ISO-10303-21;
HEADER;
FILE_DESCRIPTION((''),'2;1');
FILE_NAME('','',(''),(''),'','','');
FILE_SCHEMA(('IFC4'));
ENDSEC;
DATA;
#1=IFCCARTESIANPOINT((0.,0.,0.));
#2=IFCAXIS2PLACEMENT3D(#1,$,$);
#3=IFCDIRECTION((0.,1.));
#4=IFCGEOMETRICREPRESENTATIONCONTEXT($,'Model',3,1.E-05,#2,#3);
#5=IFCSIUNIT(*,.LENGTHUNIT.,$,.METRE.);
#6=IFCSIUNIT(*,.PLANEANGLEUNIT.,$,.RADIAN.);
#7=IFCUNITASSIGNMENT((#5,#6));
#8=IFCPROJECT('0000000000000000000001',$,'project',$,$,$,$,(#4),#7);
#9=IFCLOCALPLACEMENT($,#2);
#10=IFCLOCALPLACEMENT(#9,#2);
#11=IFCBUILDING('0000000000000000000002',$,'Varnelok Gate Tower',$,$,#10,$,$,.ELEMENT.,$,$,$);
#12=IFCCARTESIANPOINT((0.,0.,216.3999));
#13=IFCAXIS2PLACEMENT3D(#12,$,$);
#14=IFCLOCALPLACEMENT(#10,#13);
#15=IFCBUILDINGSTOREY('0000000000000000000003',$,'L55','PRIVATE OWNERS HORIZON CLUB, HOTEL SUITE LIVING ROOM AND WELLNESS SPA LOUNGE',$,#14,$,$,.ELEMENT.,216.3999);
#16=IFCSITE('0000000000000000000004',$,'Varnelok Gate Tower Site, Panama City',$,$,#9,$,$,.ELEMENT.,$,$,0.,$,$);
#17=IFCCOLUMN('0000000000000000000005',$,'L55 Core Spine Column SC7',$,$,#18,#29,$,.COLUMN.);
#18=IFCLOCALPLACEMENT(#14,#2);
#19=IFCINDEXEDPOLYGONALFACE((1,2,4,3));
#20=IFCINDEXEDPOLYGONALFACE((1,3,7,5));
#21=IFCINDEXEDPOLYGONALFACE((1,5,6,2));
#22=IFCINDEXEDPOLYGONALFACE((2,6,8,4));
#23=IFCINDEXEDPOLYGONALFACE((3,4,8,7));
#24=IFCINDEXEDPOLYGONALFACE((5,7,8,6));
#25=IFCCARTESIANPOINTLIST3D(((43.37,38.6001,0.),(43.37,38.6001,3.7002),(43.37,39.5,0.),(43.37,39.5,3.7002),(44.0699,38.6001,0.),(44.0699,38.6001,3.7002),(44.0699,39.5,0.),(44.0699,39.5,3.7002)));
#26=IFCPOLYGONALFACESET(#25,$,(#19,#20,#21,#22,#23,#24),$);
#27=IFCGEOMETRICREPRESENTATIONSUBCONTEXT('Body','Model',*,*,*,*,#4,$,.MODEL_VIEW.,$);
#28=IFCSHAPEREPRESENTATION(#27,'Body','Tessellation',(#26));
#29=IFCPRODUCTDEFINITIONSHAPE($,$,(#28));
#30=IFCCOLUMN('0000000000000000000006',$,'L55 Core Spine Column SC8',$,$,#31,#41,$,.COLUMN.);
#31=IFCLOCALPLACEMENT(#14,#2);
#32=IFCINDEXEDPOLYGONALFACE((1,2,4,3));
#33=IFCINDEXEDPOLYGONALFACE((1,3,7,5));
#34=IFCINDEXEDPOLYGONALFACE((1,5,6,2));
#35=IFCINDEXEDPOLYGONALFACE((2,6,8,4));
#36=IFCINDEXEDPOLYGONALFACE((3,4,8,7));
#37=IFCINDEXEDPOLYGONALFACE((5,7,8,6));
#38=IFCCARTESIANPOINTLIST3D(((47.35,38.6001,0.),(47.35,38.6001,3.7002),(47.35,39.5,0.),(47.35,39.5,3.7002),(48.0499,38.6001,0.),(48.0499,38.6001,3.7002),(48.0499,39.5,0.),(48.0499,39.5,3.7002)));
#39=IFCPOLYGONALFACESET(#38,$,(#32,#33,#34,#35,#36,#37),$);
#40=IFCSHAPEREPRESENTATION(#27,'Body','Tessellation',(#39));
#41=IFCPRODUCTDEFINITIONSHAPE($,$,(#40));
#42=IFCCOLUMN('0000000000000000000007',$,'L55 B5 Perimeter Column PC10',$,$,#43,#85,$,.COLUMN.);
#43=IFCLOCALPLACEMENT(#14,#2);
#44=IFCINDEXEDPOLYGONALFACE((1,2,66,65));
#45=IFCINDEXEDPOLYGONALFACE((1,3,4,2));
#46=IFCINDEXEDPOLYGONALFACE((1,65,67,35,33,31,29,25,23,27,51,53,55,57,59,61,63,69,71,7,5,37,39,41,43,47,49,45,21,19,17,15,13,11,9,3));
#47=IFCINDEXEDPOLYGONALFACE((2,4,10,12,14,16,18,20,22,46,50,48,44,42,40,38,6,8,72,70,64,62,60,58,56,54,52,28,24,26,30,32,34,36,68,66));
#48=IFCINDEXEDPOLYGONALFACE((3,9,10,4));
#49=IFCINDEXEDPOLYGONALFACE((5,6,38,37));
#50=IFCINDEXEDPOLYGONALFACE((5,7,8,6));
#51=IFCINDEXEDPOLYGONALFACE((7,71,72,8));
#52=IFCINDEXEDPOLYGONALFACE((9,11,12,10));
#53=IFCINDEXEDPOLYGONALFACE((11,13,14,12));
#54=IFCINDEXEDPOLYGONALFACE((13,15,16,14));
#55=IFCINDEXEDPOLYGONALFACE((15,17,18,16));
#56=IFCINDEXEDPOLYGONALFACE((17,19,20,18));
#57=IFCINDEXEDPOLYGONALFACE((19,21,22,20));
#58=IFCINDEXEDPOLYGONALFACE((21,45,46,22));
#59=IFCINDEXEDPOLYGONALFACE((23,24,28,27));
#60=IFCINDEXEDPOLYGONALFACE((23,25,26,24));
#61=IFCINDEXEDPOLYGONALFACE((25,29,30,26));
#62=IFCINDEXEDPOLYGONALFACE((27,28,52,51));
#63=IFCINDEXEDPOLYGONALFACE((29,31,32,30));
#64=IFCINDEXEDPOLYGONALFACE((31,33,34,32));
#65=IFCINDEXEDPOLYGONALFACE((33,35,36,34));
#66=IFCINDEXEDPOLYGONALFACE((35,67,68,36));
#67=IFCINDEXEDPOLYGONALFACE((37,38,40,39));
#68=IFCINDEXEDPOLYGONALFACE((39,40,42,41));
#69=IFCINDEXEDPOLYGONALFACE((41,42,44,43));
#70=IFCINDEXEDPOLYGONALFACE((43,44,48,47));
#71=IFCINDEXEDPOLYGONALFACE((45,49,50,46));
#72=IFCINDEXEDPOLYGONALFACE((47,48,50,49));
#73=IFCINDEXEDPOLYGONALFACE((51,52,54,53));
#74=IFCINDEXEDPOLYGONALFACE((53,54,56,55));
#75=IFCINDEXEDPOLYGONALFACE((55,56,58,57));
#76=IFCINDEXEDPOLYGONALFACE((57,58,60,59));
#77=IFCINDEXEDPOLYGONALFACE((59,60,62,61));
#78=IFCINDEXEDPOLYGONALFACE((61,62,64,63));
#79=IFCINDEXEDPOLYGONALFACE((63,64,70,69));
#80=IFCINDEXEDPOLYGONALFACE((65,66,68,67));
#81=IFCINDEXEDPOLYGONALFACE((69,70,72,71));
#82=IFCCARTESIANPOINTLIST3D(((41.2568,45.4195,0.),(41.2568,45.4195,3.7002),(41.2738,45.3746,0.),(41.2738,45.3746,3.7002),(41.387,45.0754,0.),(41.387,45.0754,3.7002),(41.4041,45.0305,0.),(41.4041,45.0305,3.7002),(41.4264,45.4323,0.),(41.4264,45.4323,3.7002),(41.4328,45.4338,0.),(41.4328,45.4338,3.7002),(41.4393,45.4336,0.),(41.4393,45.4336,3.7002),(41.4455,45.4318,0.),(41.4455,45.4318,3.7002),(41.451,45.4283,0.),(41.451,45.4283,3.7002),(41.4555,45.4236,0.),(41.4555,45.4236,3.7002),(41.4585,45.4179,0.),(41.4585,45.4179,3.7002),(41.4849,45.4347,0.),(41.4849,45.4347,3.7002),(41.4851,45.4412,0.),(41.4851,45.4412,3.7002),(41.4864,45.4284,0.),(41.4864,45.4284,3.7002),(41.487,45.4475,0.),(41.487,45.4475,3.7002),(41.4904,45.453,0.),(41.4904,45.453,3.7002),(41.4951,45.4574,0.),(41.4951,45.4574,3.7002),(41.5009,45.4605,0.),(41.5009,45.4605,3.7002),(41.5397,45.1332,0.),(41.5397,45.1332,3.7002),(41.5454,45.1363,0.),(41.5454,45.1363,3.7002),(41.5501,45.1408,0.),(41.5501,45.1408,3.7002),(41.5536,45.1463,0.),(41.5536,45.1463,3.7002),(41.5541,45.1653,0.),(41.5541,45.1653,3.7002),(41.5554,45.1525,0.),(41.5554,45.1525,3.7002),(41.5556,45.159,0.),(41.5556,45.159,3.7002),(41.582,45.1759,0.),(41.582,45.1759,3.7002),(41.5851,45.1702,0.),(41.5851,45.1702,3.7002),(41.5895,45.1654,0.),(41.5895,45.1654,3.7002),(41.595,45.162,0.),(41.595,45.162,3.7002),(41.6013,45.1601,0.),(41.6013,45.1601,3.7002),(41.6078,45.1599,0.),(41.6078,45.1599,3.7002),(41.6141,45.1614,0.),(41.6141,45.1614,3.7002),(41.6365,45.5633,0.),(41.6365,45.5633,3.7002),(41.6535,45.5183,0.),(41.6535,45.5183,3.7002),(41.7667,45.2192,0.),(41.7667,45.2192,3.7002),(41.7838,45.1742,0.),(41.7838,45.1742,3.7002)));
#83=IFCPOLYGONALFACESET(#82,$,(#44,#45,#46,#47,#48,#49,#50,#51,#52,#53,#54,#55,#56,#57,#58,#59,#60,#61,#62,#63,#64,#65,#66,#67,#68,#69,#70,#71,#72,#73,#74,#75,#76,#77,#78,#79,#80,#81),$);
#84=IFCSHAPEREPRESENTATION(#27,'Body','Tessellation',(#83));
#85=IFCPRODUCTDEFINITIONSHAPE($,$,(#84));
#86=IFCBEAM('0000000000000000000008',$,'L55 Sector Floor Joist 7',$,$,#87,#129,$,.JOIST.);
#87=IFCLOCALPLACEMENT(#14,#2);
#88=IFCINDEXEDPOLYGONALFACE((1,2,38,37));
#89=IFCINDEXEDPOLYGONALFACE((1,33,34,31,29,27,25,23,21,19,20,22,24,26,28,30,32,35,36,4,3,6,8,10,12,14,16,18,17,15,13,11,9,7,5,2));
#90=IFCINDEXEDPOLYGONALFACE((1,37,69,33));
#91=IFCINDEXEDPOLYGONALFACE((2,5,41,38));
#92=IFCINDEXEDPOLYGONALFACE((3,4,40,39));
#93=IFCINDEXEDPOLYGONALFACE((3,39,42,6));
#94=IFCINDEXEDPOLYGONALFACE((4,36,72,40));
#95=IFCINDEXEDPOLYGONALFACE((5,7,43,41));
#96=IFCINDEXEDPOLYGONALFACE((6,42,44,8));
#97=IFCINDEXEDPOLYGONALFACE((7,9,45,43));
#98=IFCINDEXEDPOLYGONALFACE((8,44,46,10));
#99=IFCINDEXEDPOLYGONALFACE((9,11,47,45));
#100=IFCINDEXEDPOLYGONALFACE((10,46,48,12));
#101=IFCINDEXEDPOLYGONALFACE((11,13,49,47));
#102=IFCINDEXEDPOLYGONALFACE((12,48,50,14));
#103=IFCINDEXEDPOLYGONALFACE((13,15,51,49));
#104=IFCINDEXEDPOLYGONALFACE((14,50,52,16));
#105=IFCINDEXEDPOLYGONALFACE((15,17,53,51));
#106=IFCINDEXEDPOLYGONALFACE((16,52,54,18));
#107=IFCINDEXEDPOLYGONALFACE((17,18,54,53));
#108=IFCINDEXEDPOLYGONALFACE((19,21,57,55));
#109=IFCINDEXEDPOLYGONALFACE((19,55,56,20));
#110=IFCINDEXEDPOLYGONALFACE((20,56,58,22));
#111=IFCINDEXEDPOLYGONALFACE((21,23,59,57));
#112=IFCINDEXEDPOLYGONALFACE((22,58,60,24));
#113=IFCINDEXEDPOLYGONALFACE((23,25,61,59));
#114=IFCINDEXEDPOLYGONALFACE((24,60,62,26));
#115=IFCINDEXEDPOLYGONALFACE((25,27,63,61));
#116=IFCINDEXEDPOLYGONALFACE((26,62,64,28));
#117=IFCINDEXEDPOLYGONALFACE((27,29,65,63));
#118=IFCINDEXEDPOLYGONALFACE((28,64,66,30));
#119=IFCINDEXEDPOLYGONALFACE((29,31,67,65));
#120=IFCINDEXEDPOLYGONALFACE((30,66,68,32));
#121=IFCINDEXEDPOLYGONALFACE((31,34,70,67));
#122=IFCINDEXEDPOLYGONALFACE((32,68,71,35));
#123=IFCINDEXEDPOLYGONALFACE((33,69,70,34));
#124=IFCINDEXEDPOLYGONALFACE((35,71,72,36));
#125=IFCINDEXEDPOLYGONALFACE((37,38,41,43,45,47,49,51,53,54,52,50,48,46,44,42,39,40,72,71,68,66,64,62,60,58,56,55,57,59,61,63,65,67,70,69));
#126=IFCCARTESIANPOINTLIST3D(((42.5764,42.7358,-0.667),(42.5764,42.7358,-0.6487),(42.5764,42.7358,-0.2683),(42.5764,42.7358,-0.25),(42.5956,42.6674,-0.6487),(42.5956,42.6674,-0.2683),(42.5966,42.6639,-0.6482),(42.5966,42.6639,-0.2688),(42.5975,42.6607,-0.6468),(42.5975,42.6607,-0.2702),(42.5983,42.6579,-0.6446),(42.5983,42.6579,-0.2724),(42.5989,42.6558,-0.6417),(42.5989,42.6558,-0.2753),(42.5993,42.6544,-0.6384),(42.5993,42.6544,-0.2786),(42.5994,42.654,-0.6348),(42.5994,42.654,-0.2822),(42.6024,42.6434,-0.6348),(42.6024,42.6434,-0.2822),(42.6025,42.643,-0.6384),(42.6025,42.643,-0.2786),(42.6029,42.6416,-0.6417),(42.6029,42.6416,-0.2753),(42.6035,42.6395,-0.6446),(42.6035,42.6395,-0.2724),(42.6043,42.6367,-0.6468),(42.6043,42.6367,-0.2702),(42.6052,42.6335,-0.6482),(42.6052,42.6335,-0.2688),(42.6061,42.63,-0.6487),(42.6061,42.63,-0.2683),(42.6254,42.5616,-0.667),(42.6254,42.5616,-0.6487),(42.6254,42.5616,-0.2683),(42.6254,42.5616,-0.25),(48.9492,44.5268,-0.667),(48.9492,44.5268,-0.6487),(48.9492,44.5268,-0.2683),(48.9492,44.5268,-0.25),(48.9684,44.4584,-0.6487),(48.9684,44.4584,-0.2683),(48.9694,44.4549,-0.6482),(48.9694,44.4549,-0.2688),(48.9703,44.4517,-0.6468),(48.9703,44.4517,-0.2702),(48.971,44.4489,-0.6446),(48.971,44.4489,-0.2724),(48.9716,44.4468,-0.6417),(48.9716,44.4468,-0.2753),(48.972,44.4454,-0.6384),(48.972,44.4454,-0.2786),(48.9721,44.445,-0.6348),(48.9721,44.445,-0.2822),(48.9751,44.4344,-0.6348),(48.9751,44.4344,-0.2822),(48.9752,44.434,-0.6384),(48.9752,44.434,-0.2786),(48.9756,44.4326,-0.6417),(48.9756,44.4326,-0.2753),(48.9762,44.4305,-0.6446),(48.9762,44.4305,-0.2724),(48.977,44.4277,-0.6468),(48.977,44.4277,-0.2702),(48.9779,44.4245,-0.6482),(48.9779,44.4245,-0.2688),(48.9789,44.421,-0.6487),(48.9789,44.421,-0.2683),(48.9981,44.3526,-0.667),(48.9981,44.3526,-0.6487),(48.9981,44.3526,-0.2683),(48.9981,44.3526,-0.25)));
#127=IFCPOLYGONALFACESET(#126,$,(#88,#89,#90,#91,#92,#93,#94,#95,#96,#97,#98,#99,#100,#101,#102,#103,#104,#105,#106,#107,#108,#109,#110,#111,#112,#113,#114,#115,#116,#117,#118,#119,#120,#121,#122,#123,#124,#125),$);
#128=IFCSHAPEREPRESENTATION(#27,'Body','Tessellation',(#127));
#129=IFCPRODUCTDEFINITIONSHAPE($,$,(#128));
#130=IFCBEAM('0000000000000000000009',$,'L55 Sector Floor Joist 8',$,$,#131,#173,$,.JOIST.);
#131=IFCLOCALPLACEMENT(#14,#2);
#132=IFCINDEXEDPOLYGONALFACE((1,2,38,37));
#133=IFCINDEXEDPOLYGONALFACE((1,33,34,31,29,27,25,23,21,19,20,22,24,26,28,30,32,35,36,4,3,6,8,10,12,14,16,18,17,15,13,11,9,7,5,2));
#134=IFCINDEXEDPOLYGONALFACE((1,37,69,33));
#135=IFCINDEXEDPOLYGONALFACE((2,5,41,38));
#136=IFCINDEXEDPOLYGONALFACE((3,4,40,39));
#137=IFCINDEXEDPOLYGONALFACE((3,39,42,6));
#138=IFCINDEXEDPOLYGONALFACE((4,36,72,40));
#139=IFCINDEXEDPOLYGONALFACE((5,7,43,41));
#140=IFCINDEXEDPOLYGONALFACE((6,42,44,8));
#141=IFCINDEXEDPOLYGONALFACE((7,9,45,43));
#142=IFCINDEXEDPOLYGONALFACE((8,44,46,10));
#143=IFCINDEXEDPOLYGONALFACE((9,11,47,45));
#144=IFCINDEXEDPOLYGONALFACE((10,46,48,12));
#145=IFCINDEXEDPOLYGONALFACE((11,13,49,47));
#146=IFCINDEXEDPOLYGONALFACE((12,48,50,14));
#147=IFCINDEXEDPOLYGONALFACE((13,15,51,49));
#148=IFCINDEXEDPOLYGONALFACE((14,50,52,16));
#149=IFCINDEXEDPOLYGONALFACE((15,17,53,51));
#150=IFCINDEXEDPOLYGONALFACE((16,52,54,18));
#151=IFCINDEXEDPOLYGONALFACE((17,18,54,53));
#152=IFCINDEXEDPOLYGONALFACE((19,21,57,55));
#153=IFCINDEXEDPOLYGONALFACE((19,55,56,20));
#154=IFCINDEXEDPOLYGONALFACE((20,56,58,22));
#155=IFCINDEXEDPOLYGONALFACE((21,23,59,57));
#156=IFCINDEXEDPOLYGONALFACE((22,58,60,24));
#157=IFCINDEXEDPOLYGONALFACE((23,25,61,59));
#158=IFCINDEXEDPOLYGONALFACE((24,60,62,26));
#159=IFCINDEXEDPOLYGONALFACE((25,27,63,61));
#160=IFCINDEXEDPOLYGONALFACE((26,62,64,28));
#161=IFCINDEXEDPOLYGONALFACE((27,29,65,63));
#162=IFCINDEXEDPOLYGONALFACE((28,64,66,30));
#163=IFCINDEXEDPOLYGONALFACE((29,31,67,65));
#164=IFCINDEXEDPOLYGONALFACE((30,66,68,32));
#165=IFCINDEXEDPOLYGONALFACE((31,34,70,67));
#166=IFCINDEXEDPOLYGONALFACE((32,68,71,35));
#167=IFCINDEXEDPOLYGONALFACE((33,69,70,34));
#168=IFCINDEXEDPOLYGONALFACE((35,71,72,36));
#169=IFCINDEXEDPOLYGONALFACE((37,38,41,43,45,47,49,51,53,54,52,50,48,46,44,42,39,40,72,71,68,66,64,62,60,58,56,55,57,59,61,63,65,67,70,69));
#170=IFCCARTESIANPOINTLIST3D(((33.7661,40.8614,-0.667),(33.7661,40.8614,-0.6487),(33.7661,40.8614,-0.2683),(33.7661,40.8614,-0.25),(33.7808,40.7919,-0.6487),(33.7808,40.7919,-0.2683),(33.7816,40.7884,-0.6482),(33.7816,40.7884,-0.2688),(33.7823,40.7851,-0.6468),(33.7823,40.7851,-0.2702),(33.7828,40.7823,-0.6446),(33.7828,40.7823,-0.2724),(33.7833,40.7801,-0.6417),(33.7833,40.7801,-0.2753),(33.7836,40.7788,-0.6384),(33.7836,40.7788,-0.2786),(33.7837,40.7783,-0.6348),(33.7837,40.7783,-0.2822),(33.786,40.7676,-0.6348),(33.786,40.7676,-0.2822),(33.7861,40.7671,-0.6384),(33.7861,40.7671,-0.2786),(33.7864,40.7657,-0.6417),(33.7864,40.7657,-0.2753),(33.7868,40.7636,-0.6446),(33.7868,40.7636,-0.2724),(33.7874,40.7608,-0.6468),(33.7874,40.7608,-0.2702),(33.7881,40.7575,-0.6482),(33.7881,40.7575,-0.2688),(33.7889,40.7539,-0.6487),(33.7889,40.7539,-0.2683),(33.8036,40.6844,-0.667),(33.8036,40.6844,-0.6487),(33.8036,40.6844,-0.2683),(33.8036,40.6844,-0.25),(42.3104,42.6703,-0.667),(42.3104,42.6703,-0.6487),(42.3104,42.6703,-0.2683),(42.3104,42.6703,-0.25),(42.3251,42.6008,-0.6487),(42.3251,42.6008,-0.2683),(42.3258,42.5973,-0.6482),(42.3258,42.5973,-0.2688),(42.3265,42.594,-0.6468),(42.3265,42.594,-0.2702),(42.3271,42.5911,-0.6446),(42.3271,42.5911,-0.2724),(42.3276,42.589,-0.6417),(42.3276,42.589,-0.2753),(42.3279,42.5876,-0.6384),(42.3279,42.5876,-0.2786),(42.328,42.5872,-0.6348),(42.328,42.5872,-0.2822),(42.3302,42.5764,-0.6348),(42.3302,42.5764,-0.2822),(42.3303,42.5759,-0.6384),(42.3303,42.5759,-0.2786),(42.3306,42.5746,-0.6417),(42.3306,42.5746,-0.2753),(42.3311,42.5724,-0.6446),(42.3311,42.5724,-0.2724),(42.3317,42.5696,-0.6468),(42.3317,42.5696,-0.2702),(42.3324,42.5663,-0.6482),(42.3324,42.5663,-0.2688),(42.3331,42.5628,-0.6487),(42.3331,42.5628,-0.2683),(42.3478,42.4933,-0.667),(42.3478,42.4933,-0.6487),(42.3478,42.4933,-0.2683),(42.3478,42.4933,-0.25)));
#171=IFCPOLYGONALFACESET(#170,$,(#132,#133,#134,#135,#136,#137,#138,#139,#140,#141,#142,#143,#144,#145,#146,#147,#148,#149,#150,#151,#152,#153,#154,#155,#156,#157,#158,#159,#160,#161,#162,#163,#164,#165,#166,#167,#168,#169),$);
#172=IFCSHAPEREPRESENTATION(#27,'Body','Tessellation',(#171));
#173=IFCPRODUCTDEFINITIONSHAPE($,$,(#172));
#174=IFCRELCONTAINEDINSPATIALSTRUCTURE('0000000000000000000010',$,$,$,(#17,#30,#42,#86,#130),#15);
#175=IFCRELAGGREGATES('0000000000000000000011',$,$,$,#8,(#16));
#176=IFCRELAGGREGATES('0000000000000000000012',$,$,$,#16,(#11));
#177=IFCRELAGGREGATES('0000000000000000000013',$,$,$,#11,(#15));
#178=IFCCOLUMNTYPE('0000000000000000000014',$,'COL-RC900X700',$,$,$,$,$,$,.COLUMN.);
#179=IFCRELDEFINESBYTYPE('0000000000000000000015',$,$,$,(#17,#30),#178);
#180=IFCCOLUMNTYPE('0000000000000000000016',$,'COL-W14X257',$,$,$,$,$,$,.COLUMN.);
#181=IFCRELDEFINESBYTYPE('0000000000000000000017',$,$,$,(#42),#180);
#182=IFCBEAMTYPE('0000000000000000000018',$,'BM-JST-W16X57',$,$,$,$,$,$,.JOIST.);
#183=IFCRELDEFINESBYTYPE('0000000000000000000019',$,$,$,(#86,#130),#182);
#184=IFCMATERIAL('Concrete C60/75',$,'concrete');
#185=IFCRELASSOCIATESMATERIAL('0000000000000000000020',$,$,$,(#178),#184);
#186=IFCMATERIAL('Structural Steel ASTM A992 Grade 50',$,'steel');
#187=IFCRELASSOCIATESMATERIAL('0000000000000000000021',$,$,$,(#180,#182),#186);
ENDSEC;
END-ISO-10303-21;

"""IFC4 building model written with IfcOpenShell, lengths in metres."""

from ifc_helpers import new_model, si_unit, direction, frame, origin, origin_2d, place, context, subcontext, project, spatial, rectangle, i_section, extrude, material, material_profile, profile_set, type_object, element, save


model = new_model("IFC4")

# Units and contexts
model_context = context("Model", 3, precision=1e-05, world=origin(), true_north=direction((0.0, 1.0)))
body_context = subcontext(model_context, "Body", "Model", "MODEL_VIEW")
ifc_project = project(units=[si_unit("LENGTHUNIT", "METRE"), si_unit("PLANEANGLEUNIT", "RADIAN")], contexts=[model_context])

# Site, building, storey
site_placement = place(None, origin())
site = spatial("IfcSite", under=ifc_project, at=site_placement, Name="Varnelok Gate Tower Site, Panama City", CompositionType="ELEMENT", RefElevation=0.0)
building_placement = place(site_placement, origin())
building = spatial("IfcBuilding", under=site, at=building_placement, Name="Varnelok Gate Tower", CompositionType="ELEMENT")
storey_placement = place(building_placement, frame((0.0, 0.0, 216.3999)))
storey = spatial("IfcBuildingStorey", under=building, at=storey_placement, Name="L55", Description="PRIVATE OWNERS HORIZON CLUB, HOTEL SUITE LIVING ROOM AND WELLNESS SPA LOUNGE", CompositionType="ELEMENT", Elevation=216.3999)

# Columns
ifc_material_1 = material(Name="Concrete C60/75", Category="concrete")
ifc_material_profile_1 = material_profile(ifc_material_1, rectangle(XDim=0.7, YDim=0.8999, at=origin_2d()), Name="RC900X700")
ifc_profile_set_1 = profile_set([ifc_material_profile_1], Name="Concrete C60/75")
column_type_1 = type_object("IfcColumnType", Name="COL-RC900X700", PredefinedType="COLUMN", material=ifc_profile_set_1)
for number, where, z_axis, x_axis, name in (
    (1, (43.72, 39.05, 0.0), (0.0, 0.0, 1.0), (1.0, 0.0, 0.0), "L55 Core Spine Column SC7"),
    (2, (47.7, 39.05, 0.0), (0.0, 0.0, 1.0), (1.0, 0.0, 0.0), "L55 Core Spine Column SC8"),
):
    element("IfcColumn", number, at=place(storey_placement, frame(where, z_axis=z_axis, x_axis=x_axis)), inside=storey, type_object=column_type_1, Name=name, PredefinedType="COLUMN", context=body_context, shape_type="SweptSolid", body=[
        extrude(rectangle(XDim=0.7, YDim=0.8999, at=origin_2d()), origin(), (0.0, 0.0, 1.0), 3.7002),
    ])
ifc_material_2 = material(Name="Structural Steel ASTM A992 Grade 50", Category="steel")
ifc_material_profile_2 = material_profile(ifc_material_2, i_section(OverallWidth=0.406, OverallDepth=0.416, WebThickness=0.0298, FlangeThickness=0.0481, FilletRadius=0.0249, at=origin_2d()), Name="W14X257")
ifc_profile_set_2 = profile_set([ifc_material_profile_2], Name="Structural Steel ASTM A992 Grade 50")
column_type_2 = type_object("IfcColumnType", Name="COL-W14X257", PredefinedType="COLUMN", material=ifc_profile_set_2)
column_placement = place(storey_placement, frame((41.5203, 45.2969, 0.0), z_axis=(0.0, 0.0, 1.0), x_axis=(0.935222, 0.354063, 0.0)))
element("IfcColumn", 3, at=column_placement, inside=storey, type_object=column_type_2, Name="L55 B5 Perimeter Column PC10", PredefinedType="COLUMN", context=body_context, shape_type="SweptSolid", body=[
    extrude(i_section(OverallWidth=0.406, OverallDepth=0.416, WebThickness=0.0298, FlangeThickness=0.0481, FilletRadius=0.0249, at=origin_2d()), origin(), (0.0, 0.0, 1.0), 3.7002),
])

# Beams
ifc_material_profile_3 = material_profile(ifc_material_2, i_section(OverallWidth=0.1809, OverallDepth=0.417, WebThickness=0.011, FlangeThickness=0.0183, FilletRadius=0.0139, at=origin_2d()), Name="W16X57")
ifc_profile_set_3 = profile_set([ifc_material_profile_3], Name="Structural Steel ASTM A992 Grade 50")
beam_type_1 = type_object("IfcBeamType", Name="BM-JST-W16X57", PredefinedType="JOIST", material=ifc_profile_set_3)
beam_1_placement = place(storey_placement, frame((48.9736, 44.4397, -0.4585), z_axis=(-0.962703, -0.270559, 0.0), x_axis=(0.270559, -0.962703, 0.0)))
element("IfcBeam", 4, at=beam_1_placement, inside=storey, type_object=beam_type_1, Name="L55 Sector Floor Joist 7", PredefinedType="JOIST", context=body_context, shape_type="SweptSolid", body=[
    extrude(i_section(OverallWidth=0.1809, OverallDepth=0.417, WebThickness=0.011, FlangeThickness=0.0183, FilletRadius=0.0139, at=origin_2d()), origin(), (0.0, 0.0, 1.0), 6.6196),
])
beam_2_placement = place(storey_placement, frame((42.3291, 42.5818, -0.4585), z_axis=(-0.978317, -0.207113, 0.0), x_axis=(0.207113, -0.978317, 0.0)))
element("IfcBeam", 5, at=beam_2_placement, inside=storey, type_object=beam_type_1, Name="L55 Sector Floor Joist 8", PredefinedType="JOIST", context=body_context, shape_type="SweptSolid", body=[
    extrude(i_section(OverallWidth=0.1809, OverallDepth=0.417, WebThickness=0.011, FlangeThickness=0.0183, FilletRadius=0.0139, at=origin_2d()), origin(), (0.0, 0.0, 1.0), 8.7336),
])

save(model, "model.ifc")
